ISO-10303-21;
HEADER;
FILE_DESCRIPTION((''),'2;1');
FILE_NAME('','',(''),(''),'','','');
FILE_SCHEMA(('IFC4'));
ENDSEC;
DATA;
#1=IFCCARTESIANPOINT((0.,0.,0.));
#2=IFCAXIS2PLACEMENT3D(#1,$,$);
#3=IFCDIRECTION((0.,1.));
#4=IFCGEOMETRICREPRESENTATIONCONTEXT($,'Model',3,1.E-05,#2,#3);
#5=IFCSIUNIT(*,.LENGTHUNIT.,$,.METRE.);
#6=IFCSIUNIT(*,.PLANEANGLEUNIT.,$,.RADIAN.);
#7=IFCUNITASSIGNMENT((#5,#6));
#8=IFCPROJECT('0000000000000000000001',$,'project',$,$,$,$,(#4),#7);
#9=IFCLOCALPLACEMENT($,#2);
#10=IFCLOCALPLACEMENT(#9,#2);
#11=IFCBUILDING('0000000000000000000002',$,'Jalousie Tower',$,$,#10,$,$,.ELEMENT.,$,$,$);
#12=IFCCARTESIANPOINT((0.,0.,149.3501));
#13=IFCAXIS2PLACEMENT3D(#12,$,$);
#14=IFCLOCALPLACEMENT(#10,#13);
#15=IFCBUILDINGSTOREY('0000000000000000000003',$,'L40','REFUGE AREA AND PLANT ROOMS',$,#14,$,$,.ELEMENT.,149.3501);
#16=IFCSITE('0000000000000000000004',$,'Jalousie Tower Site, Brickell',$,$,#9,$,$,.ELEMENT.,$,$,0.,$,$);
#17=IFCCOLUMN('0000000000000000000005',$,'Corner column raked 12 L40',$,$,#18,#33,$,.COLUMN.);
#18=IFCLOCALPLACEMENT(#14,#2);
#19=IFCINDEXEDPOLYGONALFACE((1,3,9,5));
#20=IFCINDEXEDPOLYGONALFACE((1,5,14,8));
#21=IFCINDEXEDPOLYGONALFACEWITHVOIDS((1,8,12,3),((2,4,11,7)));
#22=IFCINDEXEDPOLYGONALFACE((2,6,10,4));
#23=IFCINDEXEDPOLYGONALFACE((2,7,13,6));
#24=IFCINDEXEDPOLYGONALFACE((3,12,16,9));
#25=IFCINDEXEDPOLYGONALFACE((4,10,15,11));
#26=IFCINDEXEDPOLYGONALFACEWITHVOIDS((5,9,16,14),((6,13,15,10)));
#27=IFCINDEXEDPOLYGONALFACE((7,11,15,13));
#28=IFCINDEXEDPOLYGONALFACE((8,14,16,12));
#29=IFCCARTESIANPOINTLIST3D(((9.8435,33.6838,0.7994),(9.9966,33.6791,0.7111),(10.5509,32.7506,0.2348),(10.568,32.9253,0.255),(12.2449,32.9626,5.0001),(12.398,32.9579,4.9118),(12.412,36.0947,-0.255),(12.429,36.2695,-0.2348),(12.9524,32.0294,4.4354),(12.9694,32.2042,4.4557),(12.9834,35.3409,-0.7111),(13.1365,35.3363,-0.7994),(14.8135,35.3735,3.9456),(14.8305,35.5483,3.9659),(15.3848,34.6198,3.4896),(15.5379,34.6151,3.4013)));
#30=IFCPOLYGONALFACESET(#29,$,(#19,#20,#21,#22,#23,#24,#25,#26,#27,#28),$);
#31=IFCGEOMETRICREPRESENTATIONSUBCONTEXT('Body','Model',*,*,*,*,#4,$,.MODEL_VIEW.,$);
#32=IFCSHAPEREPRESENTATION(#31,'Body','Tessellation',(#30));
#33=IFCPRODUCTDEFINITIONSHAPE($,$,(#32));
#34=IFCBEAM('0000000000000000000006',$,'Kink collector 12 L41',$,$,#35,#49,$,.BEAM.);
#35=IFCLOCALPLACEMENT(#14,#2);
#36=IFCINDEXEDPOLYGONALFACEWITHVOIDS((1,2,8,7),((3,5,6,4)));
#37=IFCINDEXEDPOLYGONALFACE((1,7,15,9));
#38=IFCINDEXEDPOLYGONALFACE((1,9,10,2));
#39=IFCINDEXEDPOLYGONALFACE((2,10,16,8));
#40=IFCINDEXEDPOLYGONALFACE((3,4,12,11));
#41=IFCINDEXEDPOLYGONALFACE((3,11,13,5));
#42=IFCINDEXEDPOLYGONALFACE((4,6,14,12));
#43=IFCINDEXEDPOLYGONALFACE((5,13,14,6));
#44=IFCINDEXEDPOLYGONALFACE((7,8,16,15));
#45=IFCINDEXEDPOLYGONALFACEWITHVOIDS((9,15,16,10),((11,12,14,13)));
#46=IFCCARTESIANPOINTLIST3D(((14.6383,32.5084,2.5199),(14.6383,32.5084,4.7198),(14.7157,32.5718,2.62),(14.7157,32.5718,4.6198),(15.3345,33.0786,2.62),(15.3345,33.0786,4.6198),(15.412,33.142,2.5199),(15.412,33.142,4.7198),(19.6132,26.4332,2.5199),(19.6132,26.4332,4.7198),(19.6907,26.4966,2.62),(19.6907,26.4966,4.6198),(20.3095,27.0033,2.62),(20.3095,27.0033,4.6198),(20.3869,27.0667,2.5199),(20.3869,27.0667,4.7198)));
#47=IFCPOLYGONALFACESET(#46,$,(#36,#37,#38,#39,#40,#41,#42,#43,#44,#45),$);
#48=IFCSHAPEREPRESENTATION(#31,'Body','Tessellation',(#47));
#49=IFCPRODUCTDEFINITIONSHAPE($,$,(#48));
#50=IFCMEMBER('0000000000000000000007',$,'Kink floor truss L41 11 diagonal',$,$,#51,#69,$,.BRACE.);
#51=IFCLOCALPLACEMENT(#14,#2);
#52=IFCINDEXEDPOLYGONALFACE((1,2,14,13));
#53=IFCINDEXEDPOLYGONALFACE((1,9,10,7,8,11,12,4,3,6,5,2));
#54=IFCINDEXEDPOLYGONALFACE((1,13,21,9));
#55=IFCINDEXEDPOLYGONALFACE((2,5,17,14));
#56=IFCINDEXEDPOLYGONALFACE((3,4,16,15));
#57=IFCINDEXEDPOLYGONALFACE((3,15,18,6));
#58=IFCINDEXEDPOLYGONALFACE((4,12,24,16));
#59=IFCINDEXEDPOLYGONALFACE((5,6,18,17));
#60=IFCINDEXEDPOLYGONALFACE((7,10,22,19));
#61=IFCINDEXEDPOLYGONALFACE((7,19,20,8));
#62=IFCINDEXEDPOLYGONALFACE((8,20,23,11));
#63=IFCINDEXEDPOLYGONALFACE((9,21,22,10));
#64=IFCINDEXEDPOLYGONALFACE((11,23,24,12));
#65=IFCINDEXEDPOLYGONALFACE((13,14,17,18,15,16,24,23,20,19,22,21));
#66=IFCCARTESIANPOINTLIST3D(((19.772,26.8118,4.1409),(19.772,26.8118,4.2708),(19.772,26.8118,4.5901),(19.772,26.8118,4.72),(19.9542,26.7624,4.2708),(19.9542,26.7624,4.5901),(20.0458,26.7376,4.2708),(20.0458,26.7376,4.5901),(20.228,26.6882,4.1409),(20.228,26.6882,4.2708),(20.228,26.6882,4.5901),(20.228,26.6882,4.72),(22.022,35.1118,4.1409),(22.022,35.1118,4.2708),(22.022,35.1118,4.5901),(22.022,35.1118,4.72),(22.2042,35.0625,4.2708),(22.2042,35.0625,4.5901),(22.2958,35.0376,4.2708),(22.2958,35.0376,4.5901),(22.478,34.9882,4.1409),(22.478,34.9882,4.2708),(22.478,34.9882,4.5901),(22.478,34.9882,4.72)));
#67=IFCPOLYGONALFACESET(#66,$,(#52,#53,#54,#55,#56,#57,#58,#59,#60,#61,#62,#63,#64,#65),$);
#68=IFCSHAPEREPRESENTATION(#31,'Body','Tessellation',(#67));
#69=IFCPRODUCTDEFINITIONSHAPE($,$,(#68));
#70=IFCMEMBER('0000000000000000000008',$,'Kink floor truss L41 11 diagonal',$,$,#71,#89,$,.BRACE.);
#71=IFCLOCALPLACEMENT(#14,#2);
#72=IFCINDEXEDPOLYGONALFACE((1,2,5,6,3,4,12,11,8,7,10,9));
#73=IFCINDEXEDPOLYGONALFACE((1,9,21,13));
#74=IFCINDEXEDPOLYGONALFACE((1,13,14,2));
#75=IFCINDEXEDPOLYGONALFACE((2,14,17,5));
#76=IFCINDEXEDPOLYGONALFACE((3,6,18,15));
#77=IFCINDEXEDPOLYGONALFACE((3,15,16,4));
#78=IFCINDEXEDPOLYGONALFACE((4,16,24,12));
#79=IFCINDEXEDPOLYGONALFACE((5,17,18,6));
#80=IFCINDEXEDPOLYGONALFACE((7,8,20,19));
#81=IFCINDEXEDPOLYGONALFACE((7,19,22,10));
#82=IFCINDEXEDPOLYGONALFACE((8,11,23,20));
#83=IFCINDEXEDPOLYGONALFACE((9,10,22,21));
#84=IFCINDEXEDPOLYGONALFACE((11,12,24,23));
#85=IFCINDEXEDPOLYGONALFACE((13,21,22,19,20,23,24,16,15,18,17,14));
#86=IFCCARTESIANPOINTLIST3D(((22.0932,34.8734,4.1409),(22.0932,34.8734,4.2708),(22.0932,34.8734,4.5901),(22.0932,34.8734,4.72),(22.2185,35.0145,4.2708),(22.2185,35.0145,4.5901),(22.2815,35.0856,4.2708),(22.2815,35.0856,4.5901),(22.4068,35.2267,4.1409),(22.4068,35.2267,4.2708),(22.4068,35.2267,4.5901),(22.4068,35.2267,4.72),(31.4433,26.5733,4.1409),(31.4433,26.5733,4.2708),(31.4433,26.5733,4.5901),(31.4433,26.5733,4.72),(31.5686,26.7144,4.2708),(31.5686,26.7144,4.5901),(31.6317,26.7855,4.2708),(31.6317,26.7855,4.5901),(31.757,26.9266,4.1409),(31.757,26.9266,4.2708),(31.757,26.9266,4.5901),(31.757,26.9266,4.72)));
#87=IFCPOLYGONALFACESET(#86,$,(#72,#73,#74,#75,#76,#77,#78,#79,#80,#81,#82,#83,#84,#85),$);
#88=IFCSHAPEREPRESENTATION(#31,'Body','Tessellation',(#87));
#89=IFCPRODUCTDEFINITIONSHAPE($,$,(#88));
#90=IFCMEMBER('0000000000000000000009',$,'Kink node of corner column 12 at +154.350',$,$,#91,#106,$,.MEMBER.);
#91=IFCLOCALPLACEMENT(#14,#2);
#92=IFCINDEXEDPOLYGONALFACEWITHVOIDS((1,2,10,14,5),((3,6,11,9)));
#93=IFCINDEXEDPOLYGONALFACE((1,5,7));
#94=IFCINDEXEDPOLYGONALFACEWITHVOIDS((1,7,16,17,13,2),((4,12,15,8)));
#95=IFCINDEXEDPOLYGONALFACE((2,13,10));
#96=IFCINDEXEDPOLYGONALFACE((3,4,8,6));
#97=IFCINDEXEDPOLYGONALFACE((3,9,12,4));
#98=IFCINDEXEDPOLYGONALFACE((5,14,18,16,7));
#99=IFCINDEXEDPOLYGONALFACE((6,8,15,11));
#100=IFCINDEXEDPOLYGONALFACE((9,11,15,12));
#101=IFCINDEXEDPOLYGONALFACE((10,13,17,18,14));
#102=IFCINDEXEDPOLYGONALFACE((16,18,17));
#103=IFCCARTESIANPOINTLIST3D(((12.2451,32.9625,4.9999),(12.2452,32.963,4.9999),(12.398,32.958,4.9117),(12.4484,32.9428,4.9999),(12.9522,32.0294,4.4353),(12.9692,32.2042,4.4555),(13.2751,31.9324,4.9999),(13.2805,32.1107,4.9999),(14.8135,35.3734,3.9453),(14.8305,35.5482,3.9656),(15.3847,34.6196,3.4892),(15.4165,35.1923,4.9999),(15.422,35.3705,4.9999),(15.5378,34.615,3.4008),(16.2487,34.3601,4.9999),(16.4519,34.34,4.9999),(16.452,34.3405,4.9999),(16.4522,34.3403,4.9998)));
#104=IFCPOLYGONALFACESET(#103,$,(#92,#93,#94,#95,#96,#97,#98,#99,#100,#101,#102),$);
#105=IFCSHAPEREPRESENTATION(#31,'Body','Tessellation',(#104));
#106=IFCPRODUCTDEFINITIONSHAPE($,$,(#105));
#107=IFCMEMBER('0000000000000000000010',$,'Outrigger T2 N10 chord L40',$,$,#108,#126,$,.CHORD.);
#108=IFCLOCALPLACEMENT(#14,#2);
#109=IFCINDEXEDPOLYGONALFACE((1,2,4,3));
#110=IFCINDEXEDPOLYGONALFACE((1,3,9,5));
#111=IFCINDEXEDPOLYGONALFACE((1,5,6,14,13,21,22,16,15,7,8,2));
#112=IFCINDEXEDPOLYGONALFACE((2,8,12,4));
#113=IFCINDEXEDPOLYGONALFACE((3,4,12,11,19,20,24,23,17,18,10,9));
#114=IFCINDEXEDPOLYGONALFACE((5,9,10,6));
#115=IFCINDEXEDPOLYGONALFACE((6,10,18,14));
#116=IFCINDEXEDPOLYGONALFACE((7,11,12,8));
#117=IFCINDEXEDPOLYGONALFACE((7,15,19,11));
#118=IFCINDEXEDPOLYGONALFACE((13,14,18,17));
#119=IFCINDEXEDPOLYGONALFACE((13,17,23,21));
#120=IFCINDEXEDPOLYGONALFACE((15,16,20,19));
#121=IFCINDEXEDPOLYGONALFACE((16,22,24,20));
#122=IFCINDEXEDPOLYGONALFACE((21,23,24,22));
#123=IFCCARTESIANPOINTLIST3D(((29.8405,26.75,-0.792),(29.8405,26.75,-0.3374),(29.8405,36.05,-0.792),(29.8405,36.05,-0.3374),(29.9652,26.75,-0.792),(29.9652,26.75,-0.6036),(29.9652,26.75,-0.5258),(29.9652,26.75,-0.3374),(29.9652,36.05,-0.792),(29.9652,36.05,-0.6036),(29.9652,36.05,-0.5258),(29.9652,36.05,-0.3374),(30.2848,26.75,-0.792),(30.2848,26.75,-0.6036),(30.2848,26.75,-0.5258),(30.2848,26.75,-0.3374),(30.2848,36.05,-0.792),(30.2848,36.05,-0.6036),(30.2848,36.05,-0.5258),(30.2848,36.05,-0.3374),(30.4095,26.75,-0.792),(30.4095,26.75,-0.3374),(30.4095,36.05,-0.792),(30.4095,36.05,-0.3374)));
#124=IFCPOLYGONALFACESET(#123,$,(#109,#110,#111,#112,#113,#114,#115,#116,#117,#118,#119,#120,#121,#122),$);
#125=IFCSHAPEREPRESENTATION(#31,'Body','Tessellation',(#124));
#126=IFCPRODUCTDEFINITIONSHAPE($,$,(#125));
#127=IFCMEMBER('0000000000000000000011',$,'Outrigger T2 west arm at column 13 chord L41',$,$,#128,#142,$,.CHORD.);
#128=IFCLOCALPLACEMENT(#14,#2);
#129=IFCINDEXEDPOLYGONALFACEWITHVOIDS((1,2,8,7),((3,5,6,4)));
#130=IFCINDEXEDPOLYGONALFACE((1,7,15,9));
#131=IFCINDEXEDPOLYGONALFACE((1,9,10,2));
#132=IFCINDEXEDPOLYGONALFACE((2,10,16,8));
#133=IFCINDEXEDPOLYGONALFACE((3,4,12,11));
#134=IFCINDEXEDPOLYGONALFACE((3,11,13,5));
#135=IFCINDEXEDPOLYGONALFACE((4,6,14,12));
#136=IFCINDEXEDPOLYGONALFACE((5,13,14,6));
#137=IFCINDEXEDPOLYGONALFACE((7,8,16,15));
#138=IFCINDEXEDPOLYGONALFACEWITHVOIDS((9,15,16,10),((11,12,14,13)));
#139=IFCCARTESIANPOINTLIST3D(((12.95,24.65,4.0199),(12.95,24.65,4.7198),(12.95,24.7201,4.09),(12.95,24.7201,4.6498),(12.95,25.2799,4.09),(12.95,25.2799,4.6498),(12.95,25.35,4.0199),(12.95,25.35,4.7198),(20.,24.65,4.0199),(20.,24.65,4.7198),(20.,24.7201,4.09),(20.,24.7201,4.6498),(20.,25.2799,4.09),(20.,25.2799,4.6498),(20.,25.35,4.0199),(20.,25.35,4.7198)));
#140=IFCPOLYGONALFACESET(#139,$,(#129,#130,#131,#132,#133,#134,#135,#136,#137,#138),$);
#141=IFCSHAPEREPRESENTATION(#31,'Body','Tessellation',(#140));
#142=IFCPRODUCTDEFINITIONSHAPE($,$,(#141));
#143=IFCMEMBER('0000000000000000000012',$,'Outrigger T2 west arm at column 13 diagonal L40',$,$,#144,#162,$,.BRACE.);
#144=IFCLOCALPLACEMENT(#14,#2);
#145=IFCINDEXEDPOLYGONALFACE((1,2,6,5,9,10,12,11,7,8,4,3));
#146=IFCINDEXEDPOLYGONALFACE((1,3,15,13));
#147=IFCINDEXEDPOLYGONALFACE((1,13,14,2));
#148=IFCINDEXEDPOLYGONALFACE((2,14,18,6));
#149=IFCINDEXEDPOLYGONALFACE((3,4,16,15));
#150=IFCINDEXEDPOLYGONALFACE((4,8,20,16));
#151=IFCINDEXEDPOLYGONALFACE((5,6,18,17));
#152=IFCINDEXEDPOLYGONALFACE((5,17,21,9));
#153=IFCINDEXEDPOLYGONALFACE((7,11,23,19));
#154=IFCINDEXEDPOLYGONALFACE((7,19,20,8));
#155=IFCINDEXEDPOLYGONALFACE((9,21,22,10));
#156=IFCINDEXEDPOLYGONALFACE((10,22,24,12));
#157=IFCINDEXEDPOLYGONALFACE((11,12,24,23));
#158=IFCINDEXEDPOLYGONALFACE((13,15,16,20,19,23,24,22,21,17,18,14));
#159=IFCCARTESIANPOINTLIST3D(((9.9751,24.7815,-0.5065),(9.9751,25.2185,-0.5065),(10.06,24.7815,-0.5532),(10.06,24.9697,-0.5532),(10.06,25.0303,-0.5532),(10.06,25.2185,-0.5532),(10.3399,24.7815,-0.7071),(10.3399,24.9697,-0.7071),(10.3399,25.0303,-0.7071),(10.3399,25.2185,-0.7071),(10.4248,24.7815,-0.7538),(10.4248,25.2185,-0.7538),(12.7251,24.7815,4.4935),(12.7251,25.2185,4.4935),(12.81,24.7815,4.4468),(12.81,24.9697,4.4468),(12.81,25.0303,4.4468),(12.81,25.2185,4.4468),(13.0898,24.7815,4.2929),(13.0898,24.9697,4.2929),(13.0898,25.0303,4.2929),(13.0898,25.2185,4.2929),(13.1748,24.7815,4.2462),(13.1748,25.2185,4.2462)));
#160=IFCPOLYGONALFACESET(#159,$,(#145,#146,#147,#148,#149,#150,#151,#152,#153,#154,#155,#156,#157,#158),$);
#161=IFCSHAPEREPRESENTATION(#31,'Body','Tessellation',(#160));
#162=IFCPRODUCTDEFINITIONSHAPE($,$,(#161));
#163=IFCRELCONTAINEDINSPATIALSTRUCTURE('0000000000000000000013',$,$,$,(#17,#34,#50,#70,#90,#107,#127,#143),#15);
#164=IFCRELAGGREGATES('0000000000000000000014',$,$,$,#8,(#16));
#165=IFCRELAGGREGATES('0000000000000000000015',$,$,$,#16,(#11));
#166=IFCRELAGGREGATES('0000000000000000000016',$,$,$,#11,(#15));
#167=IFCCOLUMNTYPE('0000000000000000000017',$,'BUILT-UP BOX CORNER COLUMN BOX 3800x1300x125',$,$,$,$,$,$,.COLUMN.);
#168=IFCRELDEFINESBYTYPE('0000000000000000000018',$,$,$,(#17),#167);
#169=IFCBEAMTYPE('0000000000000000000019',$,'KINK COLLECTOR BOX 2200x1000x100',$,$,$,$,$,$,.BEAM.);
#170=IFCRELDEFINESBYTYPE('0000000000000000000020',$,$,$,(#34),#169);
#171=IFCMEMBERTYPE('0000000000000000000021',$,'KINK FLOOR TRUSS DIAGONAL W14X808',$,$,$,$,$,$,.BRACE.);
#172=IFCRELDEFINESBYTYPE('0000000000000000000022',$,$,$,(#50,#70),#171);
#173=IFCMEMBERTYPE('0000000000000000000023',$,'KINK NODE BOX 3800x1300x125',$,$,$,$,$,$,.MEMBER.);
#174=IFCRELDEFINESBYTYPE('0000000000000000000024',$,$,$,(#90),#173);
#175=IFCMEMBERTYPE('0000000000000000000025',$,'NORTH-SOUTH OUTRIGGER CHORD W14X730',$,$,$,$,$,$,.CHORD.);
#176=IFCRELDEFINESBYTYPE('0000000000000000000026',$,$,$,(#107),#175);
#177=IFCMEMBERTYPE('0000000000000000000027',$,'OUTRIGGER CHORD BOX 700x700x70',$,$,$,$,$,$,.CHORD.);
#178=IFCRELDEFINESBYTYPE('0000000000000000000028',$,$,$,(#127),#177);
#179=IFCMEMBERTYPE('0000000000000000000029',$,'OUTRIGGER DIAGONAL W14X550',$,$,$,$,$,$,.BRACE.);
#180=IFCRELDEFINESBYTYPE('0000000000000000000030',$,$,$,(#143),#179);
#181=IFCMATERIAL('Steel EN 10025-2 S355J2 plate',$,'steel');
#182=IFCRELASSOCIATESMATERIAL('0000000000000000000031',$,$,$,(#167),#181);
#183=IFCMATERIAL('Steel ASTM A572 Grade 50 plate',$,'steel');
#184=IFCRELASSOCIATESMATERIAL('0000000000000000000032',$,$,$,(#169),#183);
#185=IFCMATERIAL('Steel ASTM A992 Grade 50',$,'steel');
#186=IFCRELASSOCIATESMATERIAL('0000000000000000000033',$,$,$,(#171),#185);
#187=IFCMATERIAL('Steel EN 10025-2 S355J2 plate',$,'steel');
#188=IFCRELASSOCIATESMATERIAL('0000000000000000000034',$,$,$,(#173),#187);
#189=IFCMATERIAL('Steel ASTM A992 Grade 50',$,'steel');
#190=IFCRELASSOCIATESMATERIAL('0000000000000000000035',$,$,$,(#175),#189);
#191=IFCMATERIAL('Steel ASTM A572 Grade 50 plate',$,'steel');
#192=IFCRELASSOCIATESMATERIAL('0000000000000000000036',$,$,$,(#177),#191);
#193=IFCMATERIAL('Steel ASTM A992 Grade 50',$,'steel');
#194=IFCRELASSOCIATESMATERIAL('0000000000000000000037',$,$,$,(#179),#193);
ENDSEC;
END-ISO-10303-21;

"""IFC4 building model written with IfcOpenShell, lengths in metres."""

from ifc_helpers import new_model, si_unit, direction, frame, origin, origin_2d, place, context, subcontext, project, spatial, hollow_rectangle, i_section, extrude, clip, halfspace, material, material_profile, profile_set, type_object, element, save


model = new_model("IFC4")

# Units and contexts
model_context = context("Model", 3, precision=1e-05, world=origin(), true_north=direction((0.0, 1.0)))
body_context = subcontext(model_context, "Body", "Model", "MODEL_VIEW")
ifc_project = project(units=[si_unit("LENGTHUNIT", "METRE"), si_unit("PLANEANGLEUNIT", "RADIAN")], contexts=[model_context])

# Site, building, storey
site_placement = place(None, origin())
site = spatial("IfcSite", under=ifc_project, at=site_placement, Name="Jalousie Tower Site, Brickell", CompositionType="ELEMENT", RefElevation=0.0)
building_placement = place(site_placement, origin())
building = spatial("IfcBuilding", under=site, at=building_placement, Name="Jalousie Tower", CompositionType="ELEMENT")
storey_placement = place(building_placement, frame((0.0, 0.0, 149.3501)))
storey = spatial("IfcBuildingStorey", under=building, at=storey_placement, Name="L40", Description="REFUGE AREA AND PLANT ROOMS", CompositionType="ELEMENT", Elevation=149.3501)

# Column
ifc_material_1 = material(Name="Steel EN 10025-2 S355J2 plate", Category="steel")
ifc_material_profile_1 = material_profile(ifc_material_1, hollow_rectangle(XDim=1.3, YDim=3.8, WallThickness=0.125, at=origin_2d()), Name="BOX 3800x1300x125")
ifc_profile_set_1 = profile_set([ifc_material_profile_1], Name="Steel EN 10025-2 S355J2 plate")
column_type = type_object("IfcColumnType", Name="BUILT-UP BOX CORNER COLUMN BOX 3800x1300x125", PredefinedType="COLUMN", material=ifc_profile_set_1)
column_placement = place(storey_placement, frame((11.49, 34.51, 0.0), z_axis=(0.490881, -0.147415, 0.858664), x_axis=(0.544149, -0.717825, -0.434315)))
element("IfcColumn", 1, at=column_placement, inside=storey, type_object=column_type, Name="Corner column raked 12 L40", PredefinedType="COLUMN", context=body_context, shape_type="SweptSolid", body=[
    extrude(hollow_rectangle(XDim=1.3, YDim=3.8, WallThickness=0.125, at=origin_2d()), origin(), (0.0, 0.0, 1.0), 4.8921),
])

# Beam
ifc_material_2 = material(Name="Steel ASTM A572 Grade 50 plate", Category="steel")
ifc_material_profile_2 = material_profile(ifc_material_2, hollow_rectangle(XDim=1.0, YDim=2.2, WallThickness=0.1001, at=origin_2d()), Name="BOX 2200x1000x100")
ifc_profile_set_2 = profile_set([ifc_material_profile_2], Name="Steel ASTM A572 Grade 50 plate")
beam_type_1 = type_object("IfcBeamType", Name="KINK COLLECTOR BOX 2200x1000x100", PredefinedType="BEAM", material=ifc_profile_set_2)
beam_1_placement = place(storey_placement, frame((15.0251, 32.8252, 3.6199), z_axis=(0.633561, -0.773693, 0.0), x_axis=(0.773693, 0.633561, 0.0)))
element("IfcBeam", 2, at=beam_1_placement, inside=storey, type_object=beam_type_1, Name="Kink collector 12 L41", PredefinedType="BEAM", context=body_context, shape_type="SweptSolid", body=[
    extrude(hollow_rectangle(XDim=1.0, YDim=2.2, WallThickness=0.1001, at=origin_2d()), origin(), (0.0, 0.0, 1.0), 7.8523),
])

# Members
ifc_material_3 = material(Name="Steel ASTM A992 Grade 50", Category="steel")
ifc_material_profile_3 = material_profile(ifc_material_3, i_section(OverallWidth=0.4724, OverallDepth=0.5791, WebThickness=0.095, FlangeThickness=0.1299, at=origin_2d()), Name="W14X808")
ifc_profile_set_3 = profile_set([ifc_material_profile_3], Name="Steel ASTM A992 Grade 50")
member_type_1 = type_object("IfcMemberType", Name="KINK FLOOR TRUSS DIAGONAL W14X808", PredefinedType="BRACE", material=ifc_profile_set_3)
member_1_placement = place(storey_placement, frame((22.25, 35.05, 4.4304), z_axis=(-0.26164, -0.965166, 0.0), x_axis=(0.965166, -0.26164, 0.0)))
element("IfcMember", 3, at=member_1_placement, inside=storey, type_object=member_type_1, Name="Kink floor truss L41 11 diagonal", PredefinedType="BRACE", context=body_context, shape_type="SweptSolid", body=[
    extrude(i_section(OverallWidth=0.4724, OverallDepth=0.5791, WebThickness=0.095, FlangeThickness=0.1299, at=origin_2d()), origin(), (0.0, 0.0, 1.0), 8.5996),
])
member_2_placement = place(storey_placement, frame((22.25, 35.05, 4.4304), z_axis=(0.747852, -0.663866, 0.0), x_axis=(0.663866, 0.747852, 0.0)))
element("IfcMember", 4, at=member_2_placement, inside=storey, type_object=member_type_1, Name="Kink floor truss L41 11 diagonal", PredefinedType="BRACE", context=body_context, shape_type="SweptSolid", body=[
    extrude(i_section(OverallWidth=0.4724, OverallDepth=0.5791, WebThickness=0.095, FlangeThickness=0.1299, at=origin_2d()), origin(), (0.0, 0.0, 1.0), 12.5027),
])
ifc_material_4 = material(Name="Steel EN 10025-2 S355J2 plate", Category="steel")
ifc_material_profile_4 = material_profile(ifc_material_4, hollow_rectangle(XDim=1.3, YDim=3.8, WallThickness=0.125, at=origin_2d()), Name="BOX 3800x1300x125")
ifc_profile_set_4 = profile_set([ifc_material_profile_4], Name="Steel EN 10025-2 S355J2 plate")
member_type_2 = type_object("IfcMemberType", Name="KINK NODE BOX 3800x1300x125", PredefinedType="MEMBER", material=ifc_profile_set_4)
member_3_placement = place(storey_placement, frame((13.8914, 33.7888, 4.2004), z_axis=(0.490981, -0.147491, 0.858594), x_axis=(0.544031, -0.717854, -0.434415)))
element("IfcMember", 5, at=member_3_placement, inside=storey, type_object=member_type_2, Name="Kink node of corner column 12 at +154.350", PredefinedType="MEMBER", context=body_context, shape_type="Clipping", body=[
    clip(extrude(hollow_rectangle(XDim=1.3, YDim=3.8, WallThickness=0.125, at=origin_2d()), origin(), (0.0, 0.0, 1.0), 1.8623), halfspace(frame((0.0, 0.0, 0.9312), z_axis=(-0.434415, -0.272213, 0.858594)), False)),
])
ifc_material_5 = material(Name="Steel ASTM A992 Grade 50", Category="steel")
ifc_material_profile_5 = material_profile(ifc_material_5, i_section(OverallWidth=0.4546, OverallDepth=0.5691, WebThickness=0.0779, FlangeThickness=0.1248, at=origin_2d()), Name="W14X730")
ifc_profile_set_5 = profile_set([ifc_material_profile_5], Name="Steel ASTM A992 Grade 50")
member_type_3 = type_object("IfcMemberType", Name="NORTH-SOUTH OUTRIGGER CHORD W14X730", PredefinedType="CHORD", material=ifc_profile_set_5)
member_4_placement = place(storey_placement, frame((30.125, 36.05, -0.5647), z_axis=(0.0, -1.0, 0.0), x_axis=(0.0, 0.0, 1.0)))
element("IfcMember", 6, at=member_4_placement, inside=storey, type_object=member_type_3, Name="Outrigger T2 N10 chord L40", PredefinedType="CHORD", context=body_context, shape_type="SweptSolid", body=[
    extrude(i_section(OverallWidth=0.4546, OverallDepth=0.5691, WebThickness=0.0779, FlangeThickness=0.1248, at=origin_2d()), origin(), (0.0, 0.0, 1.0), 9.3),
])
ifc_material_6 = material(Name="Steel ASTM A572 Grade 50 plate", Category="steel")
ifc_material_profile_6 = material_profile(ifc_material_6, hollow_rectangle(XDim=0.7, YDim=0.7, WallThickness=0.0701, at=origin_2d()), Name="BOX 700x700x70")
ifc_profile_set_6 = profile_set([ifc_material_profile_6], Name="Steel ASTM A572 Grade 50 plate")
member_type_4 = type_object("IfcMemberType", Name="OUTRIGGER CHORD BOX 700x700x70", PredefinedType="CHORD", material=ifc_profile_set_6)
member_5_placement = place(storey_placement, frame((12.95, 25.0, 4.3699), z_axis=(1.0, 0.0, 0.0), x_axis=(0.0, 1.0, 0.0)))
element("IfcMember", 7, at=member_5_placement, inside=storey, type_object=member_type_4, Name="Outrigger T2 west arm at column 13 chord L41", PredefinedType="CHORD", context=body_context, shape_type="SweptSolid", body=[
    extrude(hollow_rectangle(XDim=0.7, YDim=0.7, WallThickness=0.0701, at=origin_2d()), origin(), (0.0, 0.0, 1.0), 7.05),
])
ifc_material_7 = material(Name="Steel ASTM A992 Grade 50", Category="steel")
ifc_material_profile_7 = material_profile(ifc_material_7, i_section(OverallWidth=0.437, OverallDepth=0.5132, WebThickness=0.0605, FlangeThickness=0.0969, at=origin_2d()), Name="W14X550")
ifc_profile_set_7 = profile_set([ifc_material_profile_7], Name="Steel ASTM A992 Grade 50")
member_type_5 = type_object("IfcMemberType", Name="OUTRIGGER DIAGONAL W14X550", PredefinedType="BRACE", material=ifc_profile_set_7)
member_6_placement = place(storey_placement, frame((10.2, 25.0, -0.6301), z_axis=(0.481919, 0.0, 0.876216), x_axis=(0.0, 1.0, 0.0)))
element("IfcMember", 8, at=member_6_placement, inside=storey, type_object=member_type_5, Name="Outrigger T2 west arm at column 13 diagonal L40", PredefinedType="BRACE", context=body_context, shape_type="SweptSolid", body=[
    extrude(i_section(OverallWidth=0.437, OverallDepth=0.5132, WebThickness=0.0605, FlangeThickness=0.0969, at=origin_2d()), origin(), (0.0, 0.0, 1.0), 5.7063),
])

save(model, "model.ifc")
